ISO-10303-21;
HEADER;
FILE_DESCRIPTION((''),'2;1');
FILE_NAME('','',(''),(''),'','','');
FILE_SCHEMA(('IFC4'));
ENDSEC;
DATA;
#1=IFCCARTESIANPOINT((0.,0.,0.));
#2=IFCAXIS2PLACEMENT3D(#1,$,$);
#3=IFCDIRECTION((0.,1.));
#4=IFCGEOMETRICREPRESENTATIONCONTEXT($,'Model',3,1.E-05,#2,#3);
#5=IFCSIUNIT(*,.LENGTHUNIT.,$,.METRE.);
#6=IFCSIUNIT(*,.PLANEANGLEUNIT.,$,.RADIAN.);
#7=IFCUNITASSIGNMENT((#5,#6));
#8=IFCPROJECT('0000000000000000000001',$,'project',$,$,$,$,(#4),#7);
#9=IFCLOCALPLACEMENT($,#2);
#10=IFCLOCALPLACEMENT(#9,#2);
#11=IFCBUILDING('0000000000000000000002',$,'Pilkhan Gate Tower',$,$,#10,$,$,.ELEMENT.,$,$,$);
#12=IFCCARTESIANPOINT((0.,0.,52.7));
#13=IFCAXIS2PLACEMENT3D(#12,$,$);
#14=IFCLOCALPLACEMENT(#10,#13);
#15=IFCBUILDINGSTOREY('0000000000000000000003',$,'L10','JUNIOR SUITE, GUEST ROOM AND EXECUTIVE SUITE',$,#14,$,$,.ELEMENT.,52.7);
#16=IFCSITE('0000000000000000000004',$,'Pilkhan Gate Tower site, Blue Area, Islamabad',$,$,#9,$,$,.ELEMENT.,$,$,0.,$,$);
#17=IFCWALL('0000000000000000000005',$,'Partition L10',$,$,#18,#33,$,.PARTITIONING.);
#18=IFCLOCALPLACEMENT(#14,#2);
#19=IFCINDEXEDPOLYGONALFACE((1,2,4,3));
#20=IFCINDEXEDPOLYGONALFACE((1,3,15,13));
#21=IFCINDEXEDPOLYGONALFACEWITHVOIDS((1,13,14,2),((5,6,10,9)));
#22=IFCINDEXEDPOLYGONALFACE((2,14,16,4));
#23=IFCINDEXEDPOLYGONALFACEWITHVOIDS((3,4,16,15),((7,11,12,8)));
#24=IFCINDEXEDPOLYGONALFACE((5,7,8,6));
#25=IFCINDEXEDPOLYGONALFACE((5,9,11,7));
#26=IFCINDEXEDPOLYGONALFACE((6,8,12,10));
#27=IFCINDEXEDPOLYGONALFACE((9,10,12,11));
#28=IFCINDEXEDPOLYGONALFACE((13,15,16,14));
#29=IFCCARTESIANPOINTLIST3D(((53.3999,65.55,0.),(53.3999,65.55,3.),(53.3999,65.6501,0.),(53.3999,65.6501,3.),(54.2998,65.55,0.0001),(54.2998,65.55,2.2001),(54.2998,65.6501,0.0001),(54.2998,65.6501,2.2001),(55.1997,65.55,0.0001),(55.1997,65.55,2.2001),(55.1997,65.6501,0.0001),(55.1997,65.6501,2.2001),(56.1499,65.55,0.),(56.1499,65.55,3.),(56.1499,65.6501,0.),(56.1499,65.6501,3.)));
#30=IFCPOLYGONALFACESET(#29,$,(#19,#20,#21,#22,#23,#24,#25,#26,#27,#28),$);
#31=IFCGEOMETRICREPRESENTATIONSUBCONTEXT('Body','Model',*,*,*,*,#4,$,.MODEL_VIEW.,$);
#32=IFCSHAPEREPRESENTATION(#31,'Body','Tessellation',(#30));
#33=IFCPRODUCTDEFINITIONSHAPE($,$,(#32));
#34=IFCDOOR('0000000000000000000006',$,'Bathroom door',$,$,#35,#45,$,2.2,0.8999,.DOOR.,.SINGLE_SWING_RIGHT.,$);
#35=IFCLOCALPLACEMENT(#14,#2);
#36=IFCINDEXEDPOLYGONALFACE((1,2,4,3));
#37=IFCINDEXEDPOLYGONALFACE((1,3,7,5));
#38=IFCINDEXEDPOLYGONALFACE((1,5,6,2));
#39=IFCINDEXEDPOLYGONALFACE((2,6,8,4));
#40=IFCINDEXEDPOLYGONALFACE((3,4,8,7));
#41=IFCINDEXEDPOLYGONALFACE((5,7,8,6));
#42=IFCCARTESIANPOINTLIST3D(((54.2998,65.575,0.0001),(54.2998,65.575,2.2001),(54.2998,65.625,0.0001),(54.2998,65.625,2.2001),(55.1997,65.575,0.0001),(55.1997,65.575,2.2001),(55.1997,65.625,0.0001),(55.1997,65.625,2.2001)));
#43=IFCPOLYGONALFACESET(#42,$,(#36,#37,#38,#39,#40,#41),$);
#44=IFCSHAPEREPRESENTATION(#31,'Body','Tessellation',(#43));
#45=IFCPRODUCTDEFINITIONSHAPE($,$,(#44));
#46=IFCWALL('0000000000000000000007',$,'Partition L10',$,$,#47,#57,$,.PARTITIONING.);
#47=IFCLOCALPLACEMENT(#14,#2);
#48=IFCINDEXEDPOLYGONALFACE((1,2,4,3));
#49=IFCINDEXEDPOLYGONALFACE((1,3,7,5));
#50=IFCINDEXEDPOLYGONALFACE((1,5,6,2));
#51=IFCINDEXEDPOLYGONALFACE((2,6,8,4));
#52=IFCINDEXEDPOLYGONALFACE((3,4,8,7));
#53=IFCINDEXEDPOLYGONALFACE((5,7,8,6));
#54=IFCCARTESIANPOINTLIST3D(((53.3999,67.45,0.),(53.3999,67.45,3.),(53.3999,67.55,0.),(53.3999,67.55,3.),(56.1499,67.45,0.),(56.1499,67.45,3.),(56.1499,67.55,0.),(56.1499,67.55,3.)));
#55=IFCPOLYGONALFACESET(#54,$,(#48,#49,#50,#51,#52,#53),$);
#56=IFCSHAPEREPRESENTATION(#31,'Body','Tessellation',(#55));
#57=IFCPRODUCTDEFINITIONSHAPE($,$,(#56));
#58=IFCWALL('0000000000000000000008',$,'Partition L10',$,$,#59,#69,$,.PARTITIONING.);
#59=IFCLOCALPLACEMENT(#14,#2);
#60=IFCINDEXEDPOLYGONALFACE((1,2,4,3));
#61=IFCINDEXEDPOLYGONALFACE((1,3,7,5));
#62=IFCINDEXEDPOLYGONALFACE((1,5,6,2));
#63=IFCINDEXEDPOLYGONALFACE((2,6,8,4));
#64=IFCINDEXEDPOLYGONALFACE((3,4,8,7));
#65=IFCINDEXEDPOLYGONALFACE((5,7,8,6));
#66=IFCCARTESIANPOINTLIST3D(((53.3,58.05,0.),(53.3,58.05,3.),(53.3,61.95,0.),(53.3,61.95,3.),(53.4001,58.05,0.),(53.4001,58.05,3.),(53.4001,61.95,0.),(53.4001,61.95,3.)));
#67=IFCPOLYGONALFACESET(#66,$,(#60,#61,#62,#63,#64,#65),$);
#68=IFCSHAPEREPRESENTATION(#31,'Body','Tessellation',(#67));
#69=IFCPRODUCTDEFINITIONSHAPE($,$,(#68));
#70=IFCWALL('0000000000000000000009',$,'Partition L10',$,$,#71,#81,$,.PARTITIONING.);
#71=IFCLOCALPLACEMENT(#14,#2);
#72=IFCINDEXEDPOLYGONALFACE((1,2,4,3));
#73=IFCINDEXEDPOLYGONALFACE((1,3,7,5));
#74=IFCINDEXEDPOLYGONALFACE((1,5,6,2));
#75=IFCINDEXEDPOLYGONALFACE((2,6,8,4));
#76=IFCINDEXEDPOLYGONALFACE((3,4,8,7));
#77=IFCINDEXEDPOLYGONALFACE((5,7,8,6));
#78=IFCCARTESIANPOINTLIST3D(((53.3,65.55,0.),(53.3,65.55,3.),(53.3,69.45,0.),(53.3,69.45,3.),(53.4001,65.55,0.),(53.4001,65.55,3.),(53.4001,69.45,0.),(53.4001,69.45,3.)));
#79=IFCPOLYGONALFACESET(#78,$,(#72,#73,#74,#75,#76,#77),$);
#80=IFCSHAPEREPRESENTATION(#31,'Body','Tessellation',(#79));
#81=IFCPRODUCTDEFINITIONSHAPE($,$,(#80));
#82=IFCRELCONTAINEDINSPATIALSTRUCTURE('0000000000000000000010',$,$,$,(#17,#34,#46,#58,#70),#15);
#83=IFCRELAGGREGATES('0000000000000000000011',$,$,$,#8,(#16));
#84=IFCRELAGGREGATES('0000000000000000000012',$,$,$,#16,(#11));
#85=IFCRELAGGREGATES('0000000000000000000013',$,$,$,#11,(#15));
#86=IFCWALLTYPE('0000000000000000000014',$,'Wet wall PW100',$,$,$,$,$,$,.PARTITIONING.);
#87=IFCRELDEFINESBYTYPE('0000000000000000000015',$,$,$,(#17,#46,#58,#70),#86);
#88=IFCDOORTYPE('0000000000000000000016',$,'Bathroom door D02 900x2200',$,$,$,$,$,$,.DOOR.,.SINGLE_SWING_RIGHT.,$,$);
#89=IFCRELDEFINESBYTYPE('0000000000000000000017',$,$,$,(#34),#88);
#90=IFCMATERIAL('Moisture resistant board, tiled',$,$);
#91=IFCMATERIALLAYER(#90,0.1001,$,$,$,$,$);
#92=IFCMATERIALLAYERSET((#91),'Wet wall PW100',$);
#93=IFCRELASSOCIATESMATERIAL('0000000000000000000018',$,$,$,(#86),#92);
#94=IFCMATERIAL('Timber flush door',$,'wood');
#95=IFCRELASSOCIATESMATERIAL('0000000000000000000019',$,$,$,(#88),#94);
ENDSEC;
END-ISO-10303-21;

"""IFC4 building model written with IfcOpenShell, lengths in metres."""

from ifc_helpers import new_model, si_unit, direction, frame, frame_2d, origin, place, context, subcontext, project, spatial, rectangle, extrude, material, layer, layer_set, type_object, element, fill, save


model = new_model("IFC4")

# Units and contexts
model_context = context("Model", 3, precision=1e-05, world=origin(), true_north=direction((0.0, 1.0)))
body_context = subcontext(model_context, "Body", "Model", "MODEL_VIEW")
ifc_project = project(units=[si_unit("LENGTHUNIT", "METRE"), si_unit("PLANEANGLEUNIT", "RADIAN")], contexts=[model_context])

# Site, building, storey
site_placement = place(None, origin())
site = spatial("IfcSite", under=ifc_project, at=site_placement, Name="Pilkhan Gate Tower site, Blue Area, Islamabad", CompositionType="ELEMENT", RefElevation=0.0)
building_placement = place(site_placement, origin())
building = spatial("IfcBuilding", under=site, at=building_placement, Name="Pilkhan Gate Tower", CompositionType="ELEMENT")
storey_placement = place(building_placement, frame((0.0, 0.0, 52.7)))
storey = spatial("IfcBuildingStorey", under=building, at=storey_placement, Name="L10", Description="JUNIOR SUITE, GUEST ROOM AND EXECUTIVE SUITE", CompositionType="ELEMENT", Elevation=52.7)

# Shared definitions
ifc_material_1 = material(Name="Moisture resistant board, tiled")
ifc_layer_1 = layer(ifc_material_1, 0.1001)
ifc_layer_set_1 = layer_set([ifc_layer_1], Name="Wet wall PW100")
wall_type_1 = type_object("IfcWallType", Name="Wet wall PW100", PredefinedType="PARTITIONING", material=ifc_layer_set_1)
ifc_material_2 = material(Name="Timber flush door", Category="wood")
door_type = type_object("IfcDoorType", Name="Bathroom door D02 900x2200", OperationType="SINGLE_SWING_RIGHT", PredefinedType="DOOR", material=ifc_material_2)

# Wall, opening, door
wall_1_placement = place(storey_placement, frame((53.3999, 65.6001, 0.0), z_axis=(0.0, 0.0, 1.0), x_axis=(1.0, 0.0, 0.0)))
wall_1 = element("IfcWall", 1, at=wall_1_placement, inside=storey, type_object=wall_type_1, Name="Partition L10", PredefinedType="PARTITIONING", context=body_context, shape_type="SweptSolid", body=[
    extrude(rectangle(XDim=2.75, YDim=0.1001, at=frame_2d((1.375, 0.0))), origin(), (0.0, 0.0, 1.0), 3.0),
])
opening_1_placement = place(wall_1_placement, frame((0.8999, 0.0, 0.0)))
opening_1 = element("IfcOpeningElement", 2, at=opening_1_placement, cuts=wall_1, PredefinedType="OPENING", context=body_context, shape_type="SweptSolid", body=[
    extrude(rectangle(XDim=0.8999, YDim=2.2, at=frame_2d((0.45, 1.1001))), frame((0.0, 0.0601, 0.0), z_axis=(0.0, -1.0, 0.0), x_axis=(1.0, 0.0, 0.0)), (0.0, 0.0, 1.0), 0.1201),
])
door_1_placement = place(opening_1_placement, origin())
door_1 = element("IfcDoor", 3, at=door_1_placement, inside=storey, type_object=door_type, Name="Bathroom door", OperationType="SINGLE_SWING_RIGHT", OverallHeight=2.2, OverallWidth=0.8999, PredefinedType="DOOR", context=body_context, shape_type="SweptSolid", body=[
    extrude(rectangle(XDim=0.8999, YDim=2.2, at=frame_2d((0.45, 1.1001))), frame((0.0, 0.0249, 0.0), z_axis=(0.0, -1.0, 0.0), x_axis=(1.0, 0.0, 0.0)), (0.0, 0.0, 1.0), 0.05),
])
fill(opening_1, door_1)

# Walls
wall_2_placement = place(storey_placement, frame((53.3999, 67.5, 0.0), z_axis=(0.0, 0.0, 1.0), x_axis=(1.0, 0.0, 0.0)))
element("IfcWall", 4, at=wall_2_placement, inside=storey, type_object=wall_type_1, Name="Partition L10", PredefinedType="PARTITIONING", context=body_context, shape_type="SweptSolid", body=[
    extrude(rectangle(XDim=2.75, YDim=0.1001, at=frame_2d((1.375, 0.0))), origin(), (0.0, 0.0, 1.0), 3.0),
])
for number, where, z_axis, x_axis, name in (
    (5, (53.3501, 58.05, 0.0), (0.0, 0.0, 1.0), (0.0, 1.0, 0.0), "Partition L10"),
    (6, (53.3501, 65.55, 0.0), (0.0, 0.0, 1.0), (0.0, 1.0, 0.0), "Partition L10"),
):
    element("IfcWall", number, at=place(storey_placement, frame(where, z_axis=z_axis, x_axis=x_axis)), inside=storey, type_object=wall_type_1, Name=name, PredefinedType="PARTITIONING", context=body_context, shape_type="SweptSolid", body=[
        extrude(rectangle(XDim=3.8999, YDim=0.1001, at=frame_2d((1.95, 0.0))), origin(), (0.0, 0.0, 1.0), 3.0),
    ])

save(model, "model.ifc")
